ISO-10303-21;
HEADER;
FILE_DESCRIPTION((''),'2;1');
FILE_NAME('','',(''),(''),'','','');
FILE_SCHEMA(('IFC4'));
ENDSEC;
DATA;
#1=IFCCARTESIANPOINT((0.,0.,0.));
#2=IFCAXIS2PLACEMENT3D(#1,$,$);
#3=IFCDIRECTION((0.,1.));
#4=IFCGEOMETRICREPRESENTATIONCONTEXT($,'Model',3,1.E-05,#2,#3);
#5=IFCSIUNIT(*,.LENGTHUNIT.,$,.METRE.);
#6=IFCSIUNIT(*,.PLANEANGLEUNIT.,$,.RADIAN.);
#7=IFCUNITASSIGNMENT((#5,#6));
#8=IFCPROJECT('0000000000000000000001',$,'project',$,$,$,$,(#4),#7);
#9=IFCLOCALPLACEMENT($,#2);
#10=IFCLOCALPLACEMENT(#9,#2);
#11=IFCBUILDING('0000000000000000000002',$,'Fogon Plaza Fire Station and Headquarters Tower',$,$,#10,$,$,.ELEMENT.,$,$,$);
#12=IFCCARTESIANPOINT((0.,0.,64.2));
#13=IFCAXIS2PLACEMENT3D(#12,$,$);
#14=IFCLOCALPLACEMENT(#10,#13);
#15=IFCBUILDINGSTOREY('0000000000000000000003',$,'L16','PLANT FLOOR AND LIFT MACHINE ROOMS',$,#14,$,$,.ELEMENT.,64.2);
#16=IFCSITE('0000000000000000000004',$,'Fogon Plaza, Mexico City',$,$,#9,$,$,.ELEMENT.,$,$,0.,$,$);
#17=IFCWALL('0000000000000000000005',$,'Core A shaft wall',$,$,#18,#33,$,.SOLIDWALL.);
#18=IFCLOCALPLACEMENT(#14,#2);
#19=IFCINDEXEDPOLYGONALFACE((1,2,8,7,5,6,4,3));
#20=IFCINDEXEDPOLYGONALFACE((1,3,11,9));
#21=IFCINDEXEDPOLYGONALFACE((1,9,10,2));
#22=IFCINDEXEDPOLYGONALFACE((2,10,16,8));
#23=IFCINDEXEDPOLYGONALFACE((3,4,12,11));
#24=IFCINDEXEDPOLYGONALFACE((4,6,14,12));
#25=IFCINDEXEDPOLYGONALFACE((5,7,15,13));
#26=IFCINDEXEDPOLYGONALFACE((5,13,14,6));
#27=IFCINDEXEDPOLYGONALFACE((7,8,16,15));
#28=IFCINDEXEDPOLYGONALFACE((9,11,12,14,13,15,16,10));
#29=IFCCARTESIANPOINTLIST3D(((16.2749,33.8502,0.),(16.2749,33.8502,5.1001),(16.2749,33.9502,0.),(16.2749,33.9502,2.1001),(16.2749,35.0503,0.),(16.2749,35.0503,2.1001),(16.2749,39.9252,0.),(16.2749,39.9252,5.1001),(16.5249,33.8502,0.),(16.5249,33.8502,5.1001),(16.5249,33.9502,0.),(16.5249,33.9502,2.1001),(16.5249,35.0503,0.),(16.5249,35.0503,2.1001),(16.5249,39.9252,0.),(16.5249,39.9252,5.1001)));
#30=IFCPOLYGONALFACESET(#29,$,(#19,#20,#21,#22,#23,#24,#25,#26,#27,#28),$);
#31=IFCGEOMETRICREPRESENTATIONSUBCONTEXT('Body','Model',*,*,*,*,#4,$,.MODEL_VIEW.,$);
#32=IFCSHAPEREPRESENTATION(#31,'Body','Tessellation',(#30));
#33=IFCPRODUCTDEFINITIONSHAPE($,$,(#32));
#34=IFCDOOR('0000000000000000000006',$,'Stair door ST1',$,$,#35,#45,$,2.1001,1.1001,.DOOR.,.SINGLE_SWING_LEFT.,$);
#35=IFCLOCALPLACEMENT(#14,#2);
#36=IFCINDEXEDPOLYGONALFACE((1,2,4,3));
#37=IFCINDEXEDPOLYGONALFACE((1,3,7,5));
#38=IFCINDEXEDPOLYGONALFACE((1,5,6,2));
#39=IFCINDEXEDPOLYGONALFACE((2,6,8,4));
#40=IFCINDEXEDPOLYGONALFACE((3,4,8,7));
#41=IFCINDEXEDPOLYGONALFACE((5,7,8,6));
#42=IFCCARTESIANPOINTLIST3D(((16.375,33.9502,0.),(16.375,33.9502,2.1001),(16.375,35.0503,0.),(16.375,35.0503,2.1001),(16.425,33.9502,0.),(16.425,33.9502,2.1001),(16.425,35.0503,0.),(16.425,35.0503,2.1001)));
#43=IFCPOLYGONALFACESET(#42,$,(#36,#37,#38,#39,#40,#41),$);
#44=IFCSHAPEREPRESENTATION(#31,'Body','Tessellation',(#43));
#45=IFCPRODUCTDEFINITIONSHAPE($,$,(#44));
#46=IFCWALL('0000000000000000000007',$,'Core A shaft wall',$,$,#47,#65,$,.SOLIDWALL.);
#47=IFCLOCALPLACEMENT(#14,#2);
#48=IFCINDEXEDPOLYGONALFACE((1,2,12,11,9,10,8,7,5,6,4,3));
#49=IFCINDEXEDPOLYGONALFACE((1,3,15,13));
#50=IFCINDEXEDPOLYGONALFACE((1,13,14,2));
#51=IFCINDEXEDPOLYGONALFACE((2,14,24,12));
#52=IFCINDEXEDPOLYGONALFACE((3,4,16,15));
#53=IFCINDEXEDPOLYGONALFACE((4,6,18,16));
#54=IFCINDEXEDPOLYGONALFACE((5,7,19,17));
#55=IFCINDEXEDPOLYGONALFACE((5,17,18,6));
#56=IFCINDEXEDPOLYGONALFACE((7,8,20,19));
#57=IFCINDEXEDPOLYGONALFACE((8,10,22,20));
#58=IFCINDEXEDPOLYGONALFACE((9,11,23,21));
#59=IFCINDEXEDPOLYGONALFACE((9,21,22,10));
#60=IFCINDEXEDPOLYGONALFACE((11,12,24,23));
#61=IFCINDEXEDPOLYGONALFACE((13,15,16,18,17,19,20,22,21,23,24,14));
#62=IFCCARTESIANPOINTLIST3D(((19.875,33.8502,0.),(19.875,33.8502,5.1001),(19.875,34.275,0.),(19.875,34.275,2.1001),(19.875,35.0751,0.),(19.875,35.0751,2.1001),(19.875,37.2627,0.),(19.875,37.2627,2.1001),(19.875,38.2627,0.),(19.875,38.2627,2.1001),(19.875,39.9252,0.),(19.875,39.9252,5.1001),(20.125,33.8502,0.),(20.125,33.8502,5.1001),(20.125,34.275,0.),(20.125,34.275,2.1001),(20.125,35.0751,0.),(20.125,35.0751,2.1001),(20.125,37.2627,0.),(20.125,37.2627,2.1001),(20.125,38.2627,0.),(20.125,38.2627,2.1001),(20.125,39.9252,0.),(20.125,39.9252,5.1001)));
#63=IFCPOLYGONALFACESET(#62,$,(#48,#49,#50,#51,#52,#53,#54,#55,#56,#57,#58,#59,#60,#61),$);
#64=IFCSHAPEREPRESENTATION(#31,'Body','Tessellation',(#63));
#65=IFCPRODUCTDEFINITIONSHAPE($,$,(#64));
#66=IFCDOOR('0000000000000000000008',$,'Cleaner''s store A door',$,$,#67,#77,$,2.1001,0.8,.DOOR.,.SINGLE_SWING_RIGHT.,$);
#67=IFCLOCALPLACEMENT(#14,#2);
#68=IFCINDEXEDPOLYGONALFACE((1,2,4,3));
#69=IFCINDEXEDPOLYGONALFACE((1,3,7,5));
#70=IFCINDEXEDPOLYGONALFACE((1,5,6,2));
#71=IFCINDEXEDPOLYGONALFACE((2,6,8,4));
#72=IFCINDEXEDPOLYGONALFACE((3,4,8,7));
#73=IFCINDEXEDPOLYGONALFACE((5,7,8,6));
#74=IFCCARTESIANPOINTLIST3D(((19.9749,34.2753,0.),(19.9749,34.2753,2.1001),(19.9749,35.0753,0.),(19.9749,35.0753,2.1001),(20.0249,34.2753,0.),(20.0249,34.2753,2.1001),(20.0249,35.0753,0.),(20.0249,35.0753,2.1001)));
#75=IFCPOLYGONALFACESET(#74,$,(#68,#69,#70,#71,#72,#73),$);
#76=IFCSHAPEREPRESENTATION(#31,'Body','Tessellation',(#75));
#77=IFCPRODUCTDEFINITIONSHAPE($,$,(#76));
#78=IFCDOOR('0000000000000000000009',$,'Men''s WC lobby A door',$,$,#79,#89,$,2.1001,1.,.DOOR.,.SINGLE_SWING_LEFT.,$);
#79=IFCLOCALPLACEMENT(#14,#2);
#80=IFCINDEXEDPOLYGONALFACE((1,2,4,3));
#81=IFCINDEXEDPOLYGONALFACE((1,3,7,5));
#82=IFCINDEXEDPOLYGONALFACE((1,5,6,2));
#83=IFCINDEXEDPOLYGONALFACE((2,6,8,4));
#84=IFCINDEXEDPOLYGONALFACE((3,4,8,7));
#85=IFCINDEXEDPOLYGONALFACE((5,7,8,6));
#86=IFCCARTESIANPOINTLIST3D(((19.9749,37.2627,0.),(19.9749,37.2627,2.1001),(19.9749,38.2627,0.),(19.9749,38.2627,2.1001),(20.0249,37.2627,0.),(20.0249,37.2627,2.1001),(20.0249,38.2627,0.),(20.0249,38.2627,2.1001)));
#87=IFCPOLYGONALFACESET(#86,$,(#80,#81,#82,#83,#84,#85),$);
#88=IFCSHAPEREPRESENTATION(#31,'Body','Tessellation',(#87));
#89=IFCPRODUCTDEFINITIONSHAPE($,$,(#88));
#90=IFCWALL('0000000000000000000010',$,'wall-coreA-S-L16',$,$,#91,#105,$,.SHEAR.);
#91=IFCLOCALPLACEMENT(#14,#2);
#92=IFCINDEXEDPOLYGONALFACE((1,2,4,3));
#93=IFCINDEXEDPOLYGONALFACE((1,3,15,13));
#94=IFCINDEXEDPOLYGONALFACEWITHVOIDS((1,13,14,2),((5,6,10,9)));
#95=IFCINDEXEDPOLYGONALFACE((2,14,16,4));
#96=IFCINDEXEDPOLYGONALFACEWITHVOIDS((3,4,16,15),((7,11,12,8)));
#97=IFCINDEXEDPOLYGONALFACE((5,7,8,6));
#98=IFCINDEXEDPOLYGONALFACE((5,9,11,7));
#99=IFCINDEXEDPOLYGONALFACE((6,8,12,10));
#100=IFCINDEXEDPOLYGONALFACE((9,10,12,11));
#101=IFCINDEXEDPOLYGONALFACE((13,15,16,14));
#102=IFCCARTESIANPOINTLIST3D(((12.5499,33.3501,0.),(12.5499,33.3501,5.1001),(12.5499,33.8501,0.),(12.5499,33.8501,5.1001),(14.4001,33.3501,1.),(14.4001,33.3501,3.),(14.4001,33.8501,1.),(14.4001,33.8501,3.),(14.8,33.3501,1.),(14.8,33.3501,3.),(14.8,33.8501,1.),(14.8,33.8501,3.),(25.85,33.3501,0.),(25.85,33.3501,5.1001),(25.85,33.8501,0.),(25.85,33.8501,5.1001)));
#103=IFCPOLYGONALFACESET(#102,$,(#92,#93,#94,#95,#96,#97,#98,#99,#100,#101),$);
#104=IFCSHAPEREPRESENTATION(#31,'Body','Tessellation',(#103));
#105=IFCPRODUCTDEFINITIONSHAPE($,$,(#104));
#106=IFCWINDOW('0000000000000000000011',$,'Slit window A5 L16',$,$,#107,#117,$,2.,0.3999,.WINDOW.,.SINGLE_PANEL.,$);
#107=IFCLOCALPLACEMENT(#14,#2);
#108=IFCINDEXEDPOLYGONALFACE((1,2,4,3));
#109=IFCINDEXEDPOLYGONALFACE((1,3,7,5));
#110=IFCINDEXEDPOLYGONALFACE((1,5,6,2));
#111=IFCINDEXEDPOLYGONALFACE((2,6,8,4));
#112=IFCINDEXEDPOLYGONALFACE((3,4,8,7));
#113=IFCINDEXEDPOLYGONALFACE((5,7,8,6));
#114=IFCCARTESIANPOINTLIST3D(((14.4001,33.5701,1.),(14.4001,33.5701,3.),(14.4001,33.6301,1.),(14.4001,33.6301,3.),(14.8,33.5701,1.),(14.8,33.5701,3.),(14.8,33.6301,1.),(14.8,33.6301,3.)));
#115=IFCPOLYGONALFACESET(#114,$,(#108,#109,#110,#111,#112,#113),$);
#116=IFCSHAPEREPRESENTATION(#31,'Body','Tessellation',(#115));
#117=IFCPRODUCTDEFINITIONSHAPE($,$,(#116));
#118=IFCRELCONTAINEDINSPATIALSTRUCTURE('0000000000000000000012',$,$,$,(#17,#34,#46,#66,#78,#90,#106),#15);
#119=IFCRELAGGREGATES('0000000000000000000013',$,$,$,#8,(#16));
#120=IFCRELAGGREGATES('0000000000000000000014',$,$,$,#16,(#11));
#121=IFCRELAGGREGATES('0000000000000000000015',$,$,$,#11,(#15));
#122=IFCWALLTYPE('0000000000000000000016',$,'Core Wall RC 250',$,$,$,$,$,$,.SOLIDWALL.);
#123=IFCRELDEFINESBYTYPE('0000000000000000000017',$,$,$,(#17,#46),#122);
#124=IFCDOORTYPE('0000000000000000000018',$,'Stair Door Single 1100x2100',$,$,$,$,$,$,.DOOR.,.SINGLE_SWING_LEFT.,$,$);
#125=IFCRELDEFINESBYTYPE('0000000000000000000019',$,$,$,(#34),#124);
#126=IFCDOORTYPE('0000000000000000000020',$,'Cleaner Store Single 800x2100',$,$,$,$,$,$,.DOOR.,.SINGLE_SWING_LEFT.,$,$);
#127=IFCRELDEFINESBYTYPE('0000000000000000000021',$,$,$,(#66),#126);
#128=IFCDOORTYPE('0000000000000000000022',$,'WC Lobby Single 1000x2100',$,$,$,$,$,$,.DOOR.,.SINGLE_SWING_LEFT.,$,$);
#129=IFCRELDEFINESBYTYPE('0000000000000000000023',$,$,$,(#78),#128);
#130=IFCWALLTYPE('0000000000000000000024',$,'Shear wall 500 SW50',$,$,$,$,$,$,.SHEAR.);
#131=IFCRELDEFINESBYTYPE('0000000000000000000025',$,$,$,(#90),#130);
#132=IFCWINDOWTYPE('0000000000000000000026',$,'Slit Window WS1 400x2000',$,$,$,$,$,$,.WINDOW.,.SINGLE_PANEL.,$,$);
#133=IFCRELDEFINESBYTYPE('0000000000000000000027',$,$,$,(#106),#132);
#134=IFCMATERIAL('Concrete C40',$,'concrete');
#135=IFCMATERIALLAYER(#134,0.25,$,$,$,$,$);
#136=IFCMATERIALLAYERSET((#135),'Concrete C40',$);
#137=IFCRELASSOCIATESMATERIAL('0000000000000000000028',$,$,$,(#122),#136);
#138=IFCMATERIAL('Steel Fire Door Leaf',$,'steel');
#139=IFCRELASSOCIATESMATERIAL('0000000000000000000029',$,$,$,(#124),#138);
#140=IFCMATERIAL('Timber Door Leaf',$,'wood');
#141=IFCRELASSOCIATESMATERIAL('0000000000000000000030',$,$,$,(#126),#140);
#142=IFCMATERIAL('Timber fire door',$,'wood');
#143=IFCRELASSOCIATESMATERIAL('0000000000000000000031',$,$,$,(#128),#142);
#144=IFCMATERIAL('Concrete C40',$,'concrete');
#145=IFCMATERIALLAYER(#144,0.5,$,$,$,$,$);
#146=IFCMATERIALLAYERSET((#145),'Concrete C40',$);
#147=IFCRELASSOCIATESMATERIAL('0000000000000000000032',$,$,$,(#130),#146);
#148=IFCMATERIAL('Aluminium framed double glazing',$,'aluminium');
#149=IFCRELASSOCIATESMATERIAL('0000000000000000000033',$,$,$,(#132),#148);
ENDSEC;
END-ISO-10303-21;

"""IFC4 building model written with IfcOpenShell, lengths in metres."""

from ifc_helpers import new_model, si_unit, direction, frame, frame_2d, origin, place, context, subcontext, project, spatial, rectangle, extrude, material, layer, layer_set, type_object, element, fill, save


model = new_model("IFC4")

# Units and contexts
model_context = context("Model", 3, precision=1e-05, world=origin(), true_north=direction((0.0, 1.0)))
body_context = subcontext(model_context, "Body", "Model", "MODEL_VIEW")
ifc_project = project(units=[si_unit("LENGTHUNIT", "METRE"), si_unit("PLANEANGLEUNIT", "RADIAN")], contexts=[model_context])

# Site, building, storey
site_placement = place(None, origin())
site = spatial("IfcSite", under=ifc_project, at=site_placement, Name="Fogon Plaza, Mexico City", CompositionType="ELEMENT", RefElevation=0.0)
building_placement = place(site_placement, origin())
building = spatial("IfcBuilding", under=site, at=building_placement, Name="Fogon Plaza Fire Station and Headquarters Tower", CompositionType="ELEMENT")
storey_placement = place(building_placement, frame((0.0, 0.0, 64.2)))
storey = spatial("IfcBuildingStorey", under=building, at=storey_placement, Name="L16", Description="PLANT FLOOR AND LIFT MACHINE ROOMS", CompositionType="ELEMENT", Elevation=64.2)

# Wall, opening, door
ifc_material_1 = material(Name="Concrete C40", Category="concrete")
ifc_layer_1 = layer(ifc_material_1, 0.25)
ifc_layer_set_1 = layer_set([ifc_layer_1], Name="Concrete C40")
wall_type_1 = type_object("IfcWallType", Name="Core Wall RC 250", PredefinedType="SOLIDWALL", material=ifc_layer_set_1)
wall_1_placement = place(storey_placement, frame((16.3999, 33.8501, 0.0), z_axis=(0.0, 0.0, 1.0), x_axis=(0.0, 1.0, 0.0)))
wall_1 = element("IfcWall", 1, at=wall_1_placement, inside=storey, type_object=wall_type_1, Name="Core A shaft wall", PredefinedType="SOLIDWALL", context=body_context, shape_type="SweptSolid", body=[
    extrude(rectangle(XDim=6.075, YDim=0.25, at=frame_2d((3.0376, 0.0))), origin(), (0.0, 0.0, 1.0), 5.1001),
])
opening_1_placement = place(wall_1_placement, frame((0.1001, 0.0, 0.0)))
opening_1 = element("IfcOpeningElement", 2, at=opening_1_placement, cuts=wall_1, PredefinedType="OPENING", context=body_context, shape_type="SweptSolid", body=[
    extrude(rectangle(XDim=1.1001, YDim=2.1001, at=frame_2d((0.55, 1.05))), frame((0.0, 0.135, 0.0), z_axis=(0.0, -1.0, 0.0), x_axis=(1.0, 0.0, 0.0)), (0.0, 0.0, 1.0), 0.27),
])
ifc_material_2 = material(Name="Steel Fire Door Leaf", Category="steel")
door_type_1 = type_object("IfcDoorType", Name="Stair Door Single 1100x2100", OperationType="SINGLE_SWING_LEFT", PredefinedType="DOOR", material=ifc_material_2)
door_1_placement = place(opening_1_placement, origin())
door_1 = element("IfcDoor", 3, at=door_1_placement, inside=storey, type_object=door_type_1, Name="Stair door ST1", OperationType="SINGLE_SWING_LEFT", OverallHeight=2.1001, OverallWidth=1.1001, PredefinedType="DOOR", context=body_context, shape_type="SweptSolid", body=[
    extrude(rectangle(XDim=1.1001, YDim=2.1001, at=frame_2d((0.55, 1.05))), frame((0.0, 0.0249, 0.0), z_axis=(0.0, -1.0, 0.0), x_axis=(1.0, 0.0, 0.0)), (0.0, 0.0, 1.0), 0.05),
])
fill(opening_1, door_1)

# Wall, openings, doors
wall_2_placement = place(storey_placement, frame((20.0, 33.8501, 0.0), z_axis=(0.0, 0.0, 1.0), x_axis=(0.0, 1.0, 0.0)))
wall_2 = element("IfcWall", 4, at=wall_2_placement, inside=storey, type_object=wall_type_1, Name="Core A shaft wall", PredefinedType="SOLIDWALL", context=body_context, shape_type="SweptSolid", body=[
    extrude(rectangle(XDim=6.075, YDim=0.25, at=frame_2d((3.0376, 0.0))), origin(), (0.0, 0.0, 1.0), 5.1001),
])
opening_2_placement = place(wall_2_placement, frame((0.425, 0.0, 0.0)))
opening_2 = element("IfcOpeningElement", 5, at=opening_2_placement, cuts=wall_2, PredefinedType="OPENING", context=body_context, shape_type="SweptSolid", body=[
    extrude(rectangle(XDim=0.8, YDim=2.1001, at=frame_2d((0.3999, 1.05))), frame((0.0, 0.135, 0.0), z_axis=(0.0, -1.0, 0.0), x_axis=(1.0, 0.0, 0.0)), (0.0, 0.0, 1.0), 0.27),
])
opening_3_placement = place(wall_2_placement, frame((3.4126, 0.0, 0.0)))
opening_3 = element("IfcOpeningElement", 6, at=opening_3_placement, cuts=wall_2, PredefinedType="OPENING", context=body_context, shape_type="SweptSolid", body=[
    extrude(rectangle(XDim=1.0, YDim=2.1001, at=frame_2d((0.5, 1.05))), frame((0.0, 0.135, 0.0), z_axis=(0.0, -1.0, 0.0), x_axis=(1.0, 0.0, 0.0)), (0.0, 0.0, 1.0), 0.27),
])
ifc_material_3 = material(Name="Timber Door Leaf", Category="wood")
door_type_2 = type_object("IfcDoorType", Name="Cleaner Store Single 800x2100", OperationType="SINGLE_SWING_LEFT", PredefinedType="DOOR", material=ifc_material_3)
door_2_placement = place(opening_2_placement, frame((0.8, 0.0, 0.0), z_axis=(0.0, 0.0, 1.0), x_axis=(-1.0, 0.0, 0.0)))
door_2 = element("IfcDoor", 7, at=door_2_placement, inside=storey, type_object=door_type_2, Name="Cleaner's store A door", OperationType="SINGLE_SWING_RIGHT", OverallHeight=2.1001, OverallWidth=0.8, PredefinedType="DOOR", context=body_context, shape_type="SweptSolid", body=[
    extrude(rectangle(XDim=0.8, YDim=2.1001, at=frame_2d((0.3999, 1.05))), frame((0.0, 0.0249, 0.0), z_axis=(0.0, -1.0, 0.0), x_axis=(1.0, 0.0, 0.0)), (0.0, 0.0, 1.0), 0.05),
])
fill(opening_2, door_2)
ifc_material_4 = material(Name="Timber fire door", Category="wood")
door_type_3 = type_object("IfcDoorType", Name="WC Lobby Single 1000x2100", OperationType="SINGLE_SWING_LEFT", PredefinedType="DOOR", material=ifc_material_4)
door_3_placement = place(opening_3_placement, frame((1.0, 0.0, 0.0), z_axis=(0.0, 0.0, 1.0), x_axis=(-1.0, 0.0, 0.0)))
door_3 = element("IfcDoor", 8, at=door_3_placement, inside=storey, type_object=door_type_3, Name="Men's WC lobby A door", OperationType="SINGLE_SWING_LEFT", OverallHeight=2.1001, OverallWidth=1.0, PredefinedType="DOOR", context=body_context, shape_type="SweptSolid", body=[
    extrude(rectangle(XDim=1.0, YDim=2.1001, at=frame_2d((0.5, 1.05))), frame((0.0, 0.0249, 0.0), z_axis=(0.0, -1.0, 0.0), x_axis=(1.0, 0.0, 0.0)), (0.0, 0.0, 1.0), 0.05),
])
fill(opening_3, door_3)

# Wall, opening, window
ifc_material_5 = material(Name="Concrete C40", Category="concrete")
ifc_layer_2 = layer(ifc_material_5, 0.5)
ifc_layer_set_2 = layer_set([ifc_layer_2], Name="Concrete C40")
wall_type_2 = type_object("IfcWallType", Name="Shear wall 500 SW50", PredefinedType="SHEAR", material=ifc_layer_set_2)
wall_3_placement = place(storey_placement, frame((12.55, 33.6001, 0.0), z_axis=(0.0, 0.0, 1.0), x_axis=(1.0, 0.0, 0.0)))
wall_3 = element("IfcWall", 9, at=wall_3_placement, inside=storey, type_object=wall_type_2, Name="wall-coreA-S-L16", PredefinedType="SHEAR", context=body_context, shape_type="SweptSolid", body=[
    extrude(rectangle(XDim=13.3, YDim=0.5, at=frame_2d((6.6499, 0.0))), origin(), (0.0, 0.0, 1.0), 5.1001),
])
opening_4_placement = place(wall_3_placement, frame((1.8501, 0.0, 1.0)))
opening_4 = element("IfcOpeningElement", 10, at=opening_4_placement, cuts=wall_3, PredefinedType="OPENING", context=body_context, shape_type="SweptSolid", body=[
    extrude(rectangle(XDim=0.3999, YDim=2.0, at=frame_2d((0.2, 1.0))), frame((0.0, 0.26, 0.0), z_axis=(0.0, -1.0, 0.0), x_axis=(1.0, 0.0, 0.0)), (0.0, 0.0, 1.0), 0.52),
])
ifc_material_6 = material(Name="Aluminium framed double glazing", Category="aluminium")
window_type = type_object("IfcWindowType", Name="Slit Window WS1 400x2000", PartitioningType="SINGLE_PANEL", PredefinedType="WINDOW", material=ifc_material_6)
window_1_placement = place(opening_4_placement, origin())
window_1 = element("IfcWindow", 11, at=window_1_placement, inside=storey, type_object=window_type, Name="Slit window A5 L16", OverallHeight=2.0, OverallWidth=0.3999, PartitioningType="SINGLE_PANEL", PredefinedType="WINDOW", context=body_context, shape_type="SweptSolid", body=[
    extrude(rectangle(XDim=0.3999, YDim=2.0, at=frame_2d((0.2, 1.0))), frame((0.0, 0.03, 0.0), z_axis=(0.0, -1.0, 0.0), x_axis=(1.0, 0.0, 0.0)), (0.0, 0.0, 1.0), 0.0601),
])
fill(opening_4, window_1)

save(model, "model.ifc")
